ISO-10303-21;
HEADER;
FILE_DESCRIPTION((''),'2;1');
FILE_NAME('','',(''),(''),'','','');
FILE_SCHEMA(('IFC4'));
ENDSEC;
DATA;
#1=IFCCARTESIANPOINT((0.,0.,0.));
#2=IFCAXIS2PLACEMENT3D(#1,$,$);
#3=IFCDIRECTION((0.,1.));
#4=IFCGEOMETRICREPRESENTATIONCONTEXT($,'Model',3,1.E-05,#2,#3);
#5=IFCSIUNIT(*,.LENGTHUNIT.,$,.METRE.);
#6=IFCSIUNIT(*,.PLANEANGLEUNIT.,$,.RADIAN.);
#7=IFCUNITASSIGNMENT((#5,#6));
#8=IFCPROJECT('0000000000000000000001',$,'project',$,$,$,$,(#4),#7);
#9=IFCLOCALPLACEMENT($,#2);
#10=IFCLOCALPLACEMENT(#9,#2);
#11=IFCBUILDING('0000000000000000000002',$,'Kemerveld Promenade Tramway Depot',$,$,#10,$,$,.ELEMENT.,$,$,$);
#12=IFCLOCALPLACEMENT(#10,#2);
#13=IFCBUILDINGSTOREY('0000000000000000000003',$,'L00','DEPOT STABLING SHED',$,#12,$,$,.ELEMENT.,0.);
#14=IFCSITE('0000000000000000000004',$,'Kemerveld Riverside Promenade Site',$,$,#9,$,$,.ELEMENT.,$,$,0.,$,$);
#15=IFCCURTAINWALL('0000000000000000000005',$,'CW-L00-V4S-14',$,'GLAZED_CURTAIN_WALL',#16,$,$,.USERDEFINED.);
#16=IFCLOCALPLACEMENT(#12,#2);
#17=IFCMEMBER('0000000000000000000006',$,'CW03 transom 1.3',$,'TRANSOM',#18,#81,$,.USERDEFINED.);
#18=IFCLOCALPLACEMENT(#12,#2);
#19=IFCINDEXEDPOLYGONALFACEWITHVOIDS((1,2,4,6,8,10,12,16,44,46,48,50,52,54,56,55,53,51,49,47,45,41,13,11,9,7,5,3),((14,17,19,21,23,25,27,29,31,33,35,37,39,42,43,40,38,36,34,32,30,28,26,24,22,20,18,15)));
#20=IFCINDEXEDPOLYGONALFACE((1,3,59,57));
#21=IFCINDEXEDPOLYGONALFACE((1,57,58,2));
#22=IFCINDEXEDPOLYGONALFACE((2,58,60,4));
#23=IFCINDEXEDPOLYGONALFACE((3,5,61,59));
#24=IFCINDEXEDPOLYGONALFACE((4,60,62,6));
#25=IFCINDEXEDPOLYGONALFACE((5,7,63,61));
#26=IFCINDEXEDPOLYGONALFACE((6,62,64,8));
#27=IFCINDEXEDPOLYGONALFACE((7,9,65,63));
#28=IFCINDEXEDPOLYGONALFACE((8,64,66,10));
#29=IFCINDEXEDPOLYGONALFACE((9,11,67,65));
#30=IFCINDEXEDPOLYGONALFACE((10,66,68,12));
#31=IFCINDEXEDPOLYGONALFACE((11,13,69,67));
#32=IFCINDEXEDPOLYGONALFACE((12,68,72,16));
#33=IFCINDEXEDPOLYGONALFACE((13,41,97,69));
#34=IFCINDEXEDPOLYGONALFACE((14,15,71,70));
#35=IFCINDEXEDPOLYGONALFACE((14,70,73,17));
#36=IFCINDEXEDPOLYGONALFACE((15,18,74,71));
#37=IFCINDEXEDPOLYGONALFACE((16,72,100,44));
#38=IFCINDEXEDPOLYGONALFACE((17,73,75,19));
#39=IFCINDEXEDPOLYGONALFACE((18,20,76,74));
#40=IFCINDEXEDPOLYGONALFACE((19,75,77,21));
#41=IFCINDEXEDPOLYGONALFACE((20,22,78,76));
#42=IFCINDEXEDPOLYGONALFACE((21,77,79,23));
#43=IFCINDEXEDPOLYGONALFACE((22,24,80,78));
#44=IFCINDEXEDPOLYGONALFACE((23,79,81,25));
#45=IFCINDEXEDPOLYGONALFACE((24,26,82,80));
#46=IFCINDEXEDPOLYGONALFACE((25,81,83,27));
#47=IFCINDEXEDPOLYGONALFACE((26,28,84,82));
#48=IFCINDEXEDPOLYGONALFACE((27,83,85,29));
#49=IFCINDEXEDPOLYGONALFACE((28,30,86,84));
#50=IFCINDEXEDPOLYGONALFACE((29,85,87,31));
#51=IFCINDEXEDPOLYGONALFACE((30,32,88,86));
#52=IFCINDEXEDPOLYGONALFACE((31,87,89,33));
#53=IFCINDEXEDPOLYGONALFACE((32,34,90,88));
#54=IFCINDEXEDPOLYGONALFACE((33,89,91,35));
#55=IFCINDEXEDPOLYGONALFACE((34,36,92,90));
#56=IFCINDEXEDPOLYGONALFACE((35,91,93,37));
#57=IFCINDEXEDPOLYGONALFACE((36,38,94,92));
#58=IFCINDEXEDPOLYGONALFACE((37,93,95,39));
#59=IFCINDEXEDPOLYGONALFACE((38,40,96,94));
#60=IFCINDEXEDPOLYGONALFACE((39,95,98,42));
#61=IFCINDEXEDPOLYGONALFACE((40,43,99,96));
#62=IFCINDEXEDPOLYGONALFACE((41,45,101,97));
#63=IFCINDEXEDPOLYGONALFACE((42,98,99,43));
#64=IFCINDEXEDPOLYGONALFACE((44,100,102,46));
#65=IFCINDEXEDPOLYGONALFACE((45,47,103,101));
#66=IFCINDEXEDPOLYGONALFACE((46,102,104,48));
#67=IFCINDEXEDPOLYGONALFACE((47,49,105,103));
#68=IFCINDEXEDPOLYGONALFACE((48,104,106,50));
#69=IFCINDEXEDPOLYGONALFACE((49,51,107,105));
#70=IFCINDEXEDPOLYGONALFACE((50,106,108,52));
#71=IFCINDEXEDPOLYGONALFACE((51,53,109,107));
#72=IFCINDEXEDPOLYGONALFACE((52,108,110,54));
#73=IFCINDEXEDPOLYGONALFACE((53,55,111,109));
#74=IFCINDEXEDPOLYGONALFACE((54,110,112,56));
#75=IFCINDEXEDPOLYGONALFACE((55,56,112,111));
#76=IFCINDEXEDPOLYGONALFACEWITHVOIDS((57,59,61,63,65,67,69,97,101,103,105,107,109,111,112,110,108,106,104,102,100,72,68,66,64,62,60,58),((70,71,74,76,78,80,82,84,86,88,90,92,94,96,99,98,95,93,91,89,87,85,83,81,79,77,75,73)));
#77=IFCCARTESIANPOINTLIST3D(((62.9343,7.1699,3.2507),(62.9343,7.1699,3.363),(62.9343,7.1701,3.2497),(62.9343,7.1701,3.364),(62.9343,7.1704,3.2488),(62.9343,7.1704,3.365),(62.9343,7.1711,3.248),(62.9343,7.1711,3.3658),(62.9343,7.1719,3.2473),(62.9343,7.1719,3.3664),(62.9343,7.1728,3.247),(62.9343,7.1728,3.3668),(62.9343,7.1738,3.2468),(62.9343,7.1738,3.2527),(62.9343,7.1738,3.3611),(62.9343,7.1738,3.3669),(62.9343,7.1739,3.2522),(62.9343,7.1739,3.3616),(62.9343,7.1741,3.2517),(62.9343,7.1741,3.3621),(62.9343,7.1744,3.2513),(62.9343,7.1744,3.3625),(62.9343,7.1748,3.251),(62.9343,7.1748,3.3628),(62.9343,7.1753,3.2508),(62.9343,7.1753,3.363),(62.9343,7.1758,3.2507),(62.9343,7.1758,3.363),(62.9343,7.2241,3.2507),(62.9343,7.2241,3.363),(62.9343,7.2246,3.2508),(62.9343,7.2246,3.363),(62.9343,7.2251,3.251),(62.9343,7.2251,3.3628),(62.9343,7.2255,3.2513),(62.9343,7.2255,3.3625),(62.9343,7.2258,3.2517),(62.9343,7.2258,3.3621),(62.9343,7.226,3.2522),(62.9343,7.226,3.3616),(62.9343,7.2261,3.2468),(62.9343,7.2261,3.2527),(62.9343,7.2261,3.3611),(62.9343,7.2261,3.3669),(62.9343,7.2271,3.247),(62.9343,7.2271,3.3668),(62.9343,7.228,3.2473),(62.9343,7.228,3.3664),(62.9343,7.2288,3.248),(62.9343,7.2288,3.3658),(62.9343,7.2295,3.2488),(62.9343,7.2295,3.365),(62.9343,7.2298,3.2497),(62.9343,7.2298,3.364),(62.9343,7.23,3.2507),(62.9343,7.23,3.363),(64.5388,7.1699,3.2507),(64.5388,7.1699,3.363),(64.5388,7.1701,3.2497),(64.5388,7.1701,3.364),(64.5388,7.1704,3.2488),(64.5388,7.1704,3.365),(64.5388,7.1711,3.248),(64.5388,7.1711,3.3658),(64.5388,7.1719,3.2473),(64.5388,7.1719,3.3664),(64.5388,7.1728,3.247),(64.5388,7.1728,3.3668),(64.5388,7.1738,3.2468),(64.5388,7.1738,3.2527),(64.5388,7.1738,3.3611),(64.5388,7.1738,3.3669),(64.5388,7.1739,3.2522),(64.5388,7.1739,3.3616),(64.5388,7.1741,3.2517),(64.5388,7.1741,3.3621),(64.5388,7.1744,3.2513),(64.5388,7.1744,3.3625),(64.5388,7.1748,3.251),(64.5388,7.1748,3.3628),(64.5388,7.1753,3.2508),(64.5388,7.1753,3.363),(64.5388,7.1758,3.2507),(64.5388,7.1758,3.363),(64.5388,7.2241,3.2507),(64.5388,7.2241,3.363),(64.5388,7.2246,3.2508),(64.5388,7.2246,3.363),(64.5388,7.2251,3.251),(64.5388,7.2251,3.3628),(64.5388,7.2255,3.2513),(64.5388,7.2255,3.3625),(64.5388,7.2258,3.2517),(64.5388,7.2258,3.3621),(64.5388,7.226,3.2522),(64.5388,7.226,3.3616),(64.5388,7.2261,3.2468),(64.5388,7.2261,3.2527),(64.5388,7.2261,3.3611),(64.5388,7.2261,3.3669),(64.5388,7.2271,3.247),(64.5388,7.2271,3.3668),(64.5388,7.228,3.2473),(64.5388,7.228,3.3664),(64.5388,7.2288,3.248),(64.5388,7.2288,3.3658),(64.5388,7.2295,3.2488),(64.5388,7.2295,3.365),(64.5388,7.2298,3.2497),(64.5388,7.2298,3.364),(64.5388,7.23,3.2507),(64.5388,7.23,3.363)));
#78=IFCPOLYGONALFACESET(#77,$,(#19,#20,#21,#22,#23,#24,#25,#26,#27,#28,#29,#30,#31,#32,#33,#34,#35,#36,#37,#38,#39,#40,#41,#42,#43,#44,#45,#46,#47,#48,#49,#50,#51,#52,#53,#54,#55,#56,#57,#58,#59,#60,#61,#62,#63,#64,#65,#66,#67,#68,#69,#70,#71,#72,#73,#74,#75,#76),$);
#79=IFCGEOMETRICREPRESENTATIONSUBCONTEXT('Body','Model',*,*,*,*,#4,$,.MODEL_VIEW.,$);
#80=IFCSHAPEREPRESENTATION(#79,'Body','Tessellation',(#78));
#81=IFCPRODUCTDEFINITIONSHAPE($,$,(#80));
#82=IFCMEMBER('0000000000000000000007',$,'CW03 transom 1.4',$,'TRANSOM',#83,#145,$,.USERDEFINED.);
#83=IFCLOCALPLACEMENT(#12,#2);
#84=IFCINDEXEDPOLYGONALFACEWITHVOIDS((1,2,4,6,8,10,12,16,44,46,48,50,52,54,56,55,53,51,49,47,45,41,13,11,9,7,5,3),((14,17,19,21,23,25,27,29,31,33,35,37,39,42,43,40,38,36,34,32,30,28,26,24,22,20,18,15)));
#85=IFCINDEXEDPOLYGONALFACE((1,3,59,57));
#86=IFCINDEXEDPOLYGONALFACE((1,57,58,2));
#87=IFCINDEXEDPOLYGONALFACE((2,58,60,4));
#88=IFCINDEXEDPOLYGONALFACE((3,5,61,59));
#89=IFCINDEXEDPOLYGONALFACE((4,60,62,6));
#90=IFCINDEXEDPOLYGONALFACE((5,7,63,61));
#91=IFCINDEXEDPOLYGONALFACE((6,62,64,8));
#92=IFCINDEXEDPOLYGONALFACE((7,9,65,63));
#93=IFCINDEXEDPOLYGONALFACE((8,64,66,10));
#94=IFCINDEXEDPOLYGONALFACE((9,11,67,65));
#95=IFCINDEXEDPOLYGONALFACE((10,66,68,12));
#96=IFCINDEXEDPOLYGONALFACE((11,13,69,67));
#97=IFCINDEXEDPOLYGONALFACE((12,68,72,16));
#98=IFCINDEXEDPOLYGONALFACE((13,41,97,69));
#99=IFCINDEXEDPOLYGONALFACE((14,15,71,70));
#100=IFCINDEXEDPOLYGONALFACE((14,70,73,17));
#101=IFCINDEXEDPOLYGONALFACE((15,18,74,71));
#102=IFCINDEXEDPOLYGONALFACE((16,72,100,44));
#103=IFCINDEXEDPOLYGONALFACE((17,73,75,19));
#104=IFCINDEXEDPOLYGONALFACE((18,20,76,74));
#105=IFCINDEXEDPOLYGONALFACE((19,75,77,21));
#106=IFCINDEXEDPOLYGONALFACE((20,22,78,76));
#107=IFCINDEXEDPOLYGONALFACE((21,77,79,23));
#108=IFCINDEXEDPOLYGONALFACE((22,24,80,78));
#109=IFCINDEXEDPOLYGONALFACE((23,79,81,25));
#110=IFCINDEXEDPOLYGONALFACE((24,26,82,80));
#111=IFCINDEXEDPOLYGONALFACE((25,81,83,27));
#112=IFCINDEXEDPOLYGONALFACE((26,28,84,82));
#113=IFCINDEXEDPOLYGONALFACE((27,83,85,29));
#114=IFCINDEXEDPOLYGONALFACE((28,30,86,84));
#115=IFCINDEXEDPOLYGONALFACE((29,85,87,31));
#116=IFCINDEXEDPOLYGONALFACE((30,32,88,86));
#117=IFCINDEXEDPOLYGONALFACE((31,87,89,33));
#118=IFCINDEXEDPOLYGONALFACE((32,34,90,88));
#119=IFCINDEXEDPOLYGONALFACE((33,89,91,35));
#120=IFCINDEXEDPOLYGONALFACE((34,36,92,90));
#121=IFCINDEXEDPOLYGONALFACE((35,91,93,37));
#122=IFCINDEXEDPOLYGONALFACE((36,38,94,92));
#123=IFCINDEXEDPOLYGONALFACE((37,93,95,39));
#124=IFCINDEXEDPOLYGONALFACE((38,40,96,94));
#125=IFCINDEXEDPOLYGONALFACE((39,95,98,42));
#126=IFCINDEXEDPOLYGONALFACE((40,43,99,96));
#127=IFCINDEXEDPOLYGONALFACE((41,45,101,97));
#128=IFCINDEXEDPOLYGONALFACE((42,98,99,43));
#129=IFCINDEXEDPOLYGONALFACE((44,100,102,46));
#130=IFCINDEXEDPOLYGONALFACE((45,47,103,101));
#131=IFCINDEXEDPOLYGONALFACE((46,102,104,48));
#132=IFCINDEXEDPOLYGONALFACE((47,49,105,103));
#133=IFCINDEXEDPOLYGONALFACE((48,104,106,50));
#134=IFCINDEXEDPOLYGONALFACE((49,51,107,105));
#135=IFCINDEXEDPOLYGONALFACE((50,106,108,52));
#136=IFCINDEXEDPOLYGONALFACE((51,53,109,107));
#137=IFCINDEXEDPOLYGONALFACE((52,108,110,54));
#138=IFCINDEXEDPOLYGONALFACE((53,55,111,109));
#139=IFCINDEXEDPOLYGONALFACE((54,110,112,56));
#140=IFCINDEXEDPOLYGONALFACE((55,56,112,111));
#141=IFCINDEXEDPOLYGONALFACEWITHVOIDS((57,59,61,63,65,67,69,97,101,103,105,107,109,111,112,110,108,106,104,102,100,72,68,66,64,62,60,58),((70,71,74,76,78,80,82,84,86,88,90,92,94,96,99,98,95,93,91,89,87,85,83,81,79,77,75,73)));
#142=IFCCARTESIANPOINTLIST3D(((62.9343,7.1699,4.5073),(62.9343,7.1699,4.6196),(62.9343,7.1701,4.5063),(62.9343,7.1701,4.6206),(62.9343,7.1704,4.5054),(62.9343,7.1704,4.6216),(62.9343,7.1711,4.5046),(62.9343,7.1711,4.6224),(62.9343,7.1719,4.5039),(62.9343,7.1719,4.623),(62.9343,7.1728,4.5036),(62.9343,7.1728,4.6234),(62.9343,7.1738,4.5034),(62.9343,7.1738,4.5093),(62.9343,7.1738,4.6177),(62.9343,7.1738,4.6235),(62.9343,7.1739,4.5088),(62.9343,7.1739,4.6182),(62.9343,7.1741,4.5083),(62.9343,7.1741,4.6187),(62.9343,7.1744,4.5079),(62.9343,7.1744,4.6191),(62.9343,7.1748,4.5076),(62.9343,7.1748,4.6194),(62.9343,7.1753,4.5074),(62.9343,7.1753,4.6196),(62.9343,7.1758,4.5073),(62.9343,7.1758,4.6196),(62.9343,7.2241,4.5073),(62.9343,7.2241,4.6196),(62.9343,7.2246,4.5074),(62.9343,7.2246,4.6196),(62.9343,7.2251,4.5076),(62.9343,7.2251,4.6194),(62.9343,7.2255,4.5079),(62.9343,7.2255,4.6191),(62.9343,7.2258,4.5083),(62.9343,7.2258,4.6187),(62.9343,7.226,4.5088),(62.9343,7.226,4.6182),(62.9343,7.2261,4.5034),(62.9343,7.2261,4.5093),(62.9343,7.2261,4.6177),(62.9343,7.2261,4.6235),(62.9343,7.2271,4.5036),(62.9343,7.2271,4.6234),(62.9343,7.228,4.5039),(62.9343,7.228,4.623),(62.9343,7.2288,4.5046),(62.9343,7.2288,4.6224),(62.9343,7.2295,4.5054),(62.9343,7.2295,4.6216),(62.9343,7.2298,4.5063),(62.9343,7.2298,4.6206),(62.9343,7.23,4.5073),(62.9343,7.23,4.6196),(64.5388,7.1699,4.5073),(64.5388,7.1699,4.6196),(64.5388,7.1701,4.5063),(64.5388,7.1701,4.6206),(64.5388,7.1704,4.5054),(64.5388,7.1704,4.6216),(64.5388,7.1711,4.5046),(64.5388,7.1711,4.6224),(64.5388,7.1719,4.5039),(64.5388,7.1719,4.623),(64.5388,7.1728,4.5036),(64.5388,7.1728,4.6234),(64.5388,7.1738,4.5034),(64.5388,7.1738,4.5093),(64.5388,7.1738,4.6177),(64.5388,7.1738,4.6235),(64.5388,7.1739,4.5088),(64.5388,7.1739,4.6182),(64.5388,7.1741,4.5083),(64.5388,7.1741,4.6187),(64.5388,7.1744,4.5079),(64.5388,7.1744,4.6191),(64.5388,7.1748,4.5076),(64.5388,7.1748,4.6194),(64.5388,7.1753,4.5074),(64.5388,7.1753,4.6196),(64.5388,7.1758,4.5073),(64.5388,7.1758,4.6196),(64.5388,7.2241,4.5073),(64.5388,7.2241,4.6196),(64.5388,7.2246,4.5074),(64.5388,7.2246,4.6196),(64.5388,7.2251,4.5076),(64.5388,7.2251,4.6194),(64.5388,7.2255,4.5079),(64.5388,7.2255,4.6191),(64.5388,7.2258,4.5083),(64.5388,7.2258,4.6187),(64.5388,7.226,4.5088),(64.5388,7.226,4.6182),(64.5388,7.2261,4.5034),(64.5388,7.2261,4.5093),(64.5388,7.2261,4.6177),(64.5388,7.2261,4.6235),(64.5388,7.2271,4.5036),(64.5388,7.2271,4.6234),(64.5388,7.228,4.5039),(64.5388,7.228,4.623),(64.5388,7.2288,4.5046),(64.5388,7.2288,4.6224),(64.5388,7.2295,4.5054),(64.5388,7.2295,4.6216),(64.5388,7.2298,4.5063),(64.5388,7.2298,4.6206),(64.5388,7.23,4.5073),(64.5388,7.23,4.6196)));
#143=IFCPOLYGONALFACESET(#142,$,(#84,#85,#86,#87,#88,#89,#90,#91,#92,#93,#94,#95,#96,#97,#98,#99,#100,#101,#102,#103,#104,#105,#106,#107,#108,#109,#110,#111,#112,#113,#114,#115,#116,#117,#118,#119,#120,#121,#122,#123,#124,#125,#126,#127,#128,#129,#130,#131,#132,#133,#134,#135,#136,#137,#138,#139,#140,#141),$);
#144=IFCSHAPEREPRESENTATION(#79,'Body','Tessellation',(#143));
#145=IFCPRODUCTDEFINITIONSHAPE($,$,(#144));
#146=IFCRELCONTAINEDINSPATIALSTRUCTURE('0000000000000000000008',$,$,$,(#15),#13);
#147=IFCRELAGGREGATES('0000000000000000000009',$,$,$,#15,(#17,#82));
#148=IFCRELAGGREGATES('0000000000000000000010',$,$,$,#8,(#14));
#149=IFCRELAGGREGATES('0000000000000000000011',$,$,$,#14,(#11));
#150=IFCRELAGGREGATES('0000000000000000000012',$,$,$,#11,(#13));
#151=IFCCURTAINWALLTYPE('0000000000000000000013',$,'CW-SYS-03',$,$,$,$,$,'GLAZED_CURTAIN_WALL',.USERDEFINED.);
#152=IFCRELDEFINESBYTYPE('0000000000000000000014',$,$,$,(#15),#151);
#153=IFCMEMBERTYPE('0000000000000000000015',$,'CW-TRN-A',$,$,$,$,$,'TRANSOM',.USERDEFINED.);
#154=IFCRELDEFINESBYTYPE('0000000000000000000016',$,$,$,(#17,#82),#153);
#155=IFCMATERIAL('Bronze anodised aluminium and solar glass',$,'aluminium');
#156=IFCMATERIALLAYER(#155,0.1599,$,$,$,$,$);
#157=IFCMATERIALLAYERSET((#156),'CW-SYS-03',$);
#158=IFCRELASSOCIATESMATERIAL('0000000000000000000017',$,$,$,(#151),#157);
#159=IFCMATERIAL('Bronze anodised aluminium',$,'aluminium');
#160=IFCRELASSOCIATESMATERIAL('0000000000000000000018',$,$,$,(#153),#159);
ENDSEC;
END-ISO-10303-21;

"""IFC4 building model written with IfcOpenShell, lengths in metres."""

from ifc_helpers import new_model, si_unit, direction, frame, origin, origin_2d, place, context, subcontext, project, spatial, hollow_rectangle, extrude, material, layer, layer_set, material_profile, profile_set, type_object, element, aggregate, save


model = new_model("IFC4")

# Units and contexts
model_context = context("Model", 3, precision=1e-05, world=origin(), true_north=direction((0.0, 1.0)))
body_context = subcontext(model_context, "Body", "Model", "MODEL_VIEW")
ifc_project = project(units=[si_unit("LENGTHUNIT", "METRE"), si_unit("PLANEANGLEUNIT", "RADIAN")], contexts=[model_context])

# Site, building, storey
site_placement = place(None, origin())
site = spatial("IfcSite", under=ifc_project, at=site_placement, Name="Kemerveld Riverside Promenade Site", CompositionType="ELEMENT", RefElevation=0.0)
building_placement = place(site_placement, origin())
building = spatial("IfcBuilding", under=site, at=building_placement, Name="Kemerveld Promenade Tramway Depot", CompositionType="ELEMENT")
storey_placement = place(building_placement, origin())
storey = spatial("IfcBuildingStorey", under=building, at=storey_placement, Name="L00", Description="DEPOT STABLING SHED", CompositionType="ELEMENT", Elevation=0.0)

# Curtain wall, members
ifc_material_1 = material(Name="Bronze anodised aluminium and solar glass", Category="aluminium")
ifc_layer_1 = layer(ifc_material_1, 0.1599)
ifc_layer_set_1 = layer_set([ifc_layer_1], Name="CW-SYS-03")
curtain_wall_type = type_object("IfcCurtainWallType", Name="CW-SYS-03", ElementType="GLAZED_CURTAIN_WALL", PredefinedType="USERDEFINED", material=ifc_layer_set_1)
curtain_wall_placement = place(storey_placement, origin())
curtain_wall = element("IfcCurtainWall", 1, at=curtain_wall_placement, inside=storey, type_object=curtain_wall_type, Name="CW-L00-V4S-14", ObjectType="GLAZED_CURTAIN_WALL", PredefinedType="USERDEFINED")
ifc_material_2 = material(Name="Bronze anodised aluminium", Category="aluminium")
ifc_material_profile_1 = material_profile(ifc_material_2, hollow_rectangle(XDim=0.0601, YDim=0.1201, WallThickness=0.0039, InnerFilletRadius=0.002, OuterFilletRadius=0.0039, at=origin_2d()), Name="CW-TRN-120x60")
ifc_profile_set_1 = profile_set([ifc_material_profile_1], Name="Bronze anodised aluminium")
member_type_1 = type_object("IfcMemberType", Name="CW-TRN-A", ElementType="TRANSOM", PredefinedType="USERDEFINED", material=ifc_profile_set_1)
member_1_placement = place(storey_placement, frame((64.5388, 7.2, 3.3069), z_axis=(-1.0, 0.0, 0.0), x_axis=(0.0, -1.0, 0.0)))
member_1 = element("IfcMember", 2, at=member_1_placement, type_object=member_type_1, Name="CW03 transom 1.3", ObjectType="TRANSOM", PredefinedType="USERDEFINED", context=body_context, shape_type="SweptSolid", body=[
    extrude(hollow_rectangle(XDim=0.0601, YDim=0.1201, WallThickness=0.0039, InnerFilletRadius=0.002, OuterFilletRadius=0.0039, at=origin_2d()), origin(), (0.0, 0.0, 1.0), 1.6045),
])
member_2_placement = place(storey_placement, frame((64.5388, 7.2, 4.5635), z_axis=(-1.0, 0.0, 0.0), x_axis=(0.0, -1.0, 0.0)))
member_2 = element("IfcMember", 3, at=member_2_placement, type_object=member_type_1, Name="CW03 transom 1.4", ObjectType="TRANSOM", PredefinedType="USERDEFINED", context=body_context, shape_type="SweptSolid", body=[
    extrude(hollow_rectangle(XDim=0.0601, YDim=0.1201, WallThickness=0.0039, InnerFilletRadius=0.002, OuterFilletRadius=0.0039, at=origin_2d()), origin(), (0.0, 0.0, 1.0), 1.6045),
])
aggregate(curtain_wall, [member_1, member_2])

save(model, "model.ifc")
